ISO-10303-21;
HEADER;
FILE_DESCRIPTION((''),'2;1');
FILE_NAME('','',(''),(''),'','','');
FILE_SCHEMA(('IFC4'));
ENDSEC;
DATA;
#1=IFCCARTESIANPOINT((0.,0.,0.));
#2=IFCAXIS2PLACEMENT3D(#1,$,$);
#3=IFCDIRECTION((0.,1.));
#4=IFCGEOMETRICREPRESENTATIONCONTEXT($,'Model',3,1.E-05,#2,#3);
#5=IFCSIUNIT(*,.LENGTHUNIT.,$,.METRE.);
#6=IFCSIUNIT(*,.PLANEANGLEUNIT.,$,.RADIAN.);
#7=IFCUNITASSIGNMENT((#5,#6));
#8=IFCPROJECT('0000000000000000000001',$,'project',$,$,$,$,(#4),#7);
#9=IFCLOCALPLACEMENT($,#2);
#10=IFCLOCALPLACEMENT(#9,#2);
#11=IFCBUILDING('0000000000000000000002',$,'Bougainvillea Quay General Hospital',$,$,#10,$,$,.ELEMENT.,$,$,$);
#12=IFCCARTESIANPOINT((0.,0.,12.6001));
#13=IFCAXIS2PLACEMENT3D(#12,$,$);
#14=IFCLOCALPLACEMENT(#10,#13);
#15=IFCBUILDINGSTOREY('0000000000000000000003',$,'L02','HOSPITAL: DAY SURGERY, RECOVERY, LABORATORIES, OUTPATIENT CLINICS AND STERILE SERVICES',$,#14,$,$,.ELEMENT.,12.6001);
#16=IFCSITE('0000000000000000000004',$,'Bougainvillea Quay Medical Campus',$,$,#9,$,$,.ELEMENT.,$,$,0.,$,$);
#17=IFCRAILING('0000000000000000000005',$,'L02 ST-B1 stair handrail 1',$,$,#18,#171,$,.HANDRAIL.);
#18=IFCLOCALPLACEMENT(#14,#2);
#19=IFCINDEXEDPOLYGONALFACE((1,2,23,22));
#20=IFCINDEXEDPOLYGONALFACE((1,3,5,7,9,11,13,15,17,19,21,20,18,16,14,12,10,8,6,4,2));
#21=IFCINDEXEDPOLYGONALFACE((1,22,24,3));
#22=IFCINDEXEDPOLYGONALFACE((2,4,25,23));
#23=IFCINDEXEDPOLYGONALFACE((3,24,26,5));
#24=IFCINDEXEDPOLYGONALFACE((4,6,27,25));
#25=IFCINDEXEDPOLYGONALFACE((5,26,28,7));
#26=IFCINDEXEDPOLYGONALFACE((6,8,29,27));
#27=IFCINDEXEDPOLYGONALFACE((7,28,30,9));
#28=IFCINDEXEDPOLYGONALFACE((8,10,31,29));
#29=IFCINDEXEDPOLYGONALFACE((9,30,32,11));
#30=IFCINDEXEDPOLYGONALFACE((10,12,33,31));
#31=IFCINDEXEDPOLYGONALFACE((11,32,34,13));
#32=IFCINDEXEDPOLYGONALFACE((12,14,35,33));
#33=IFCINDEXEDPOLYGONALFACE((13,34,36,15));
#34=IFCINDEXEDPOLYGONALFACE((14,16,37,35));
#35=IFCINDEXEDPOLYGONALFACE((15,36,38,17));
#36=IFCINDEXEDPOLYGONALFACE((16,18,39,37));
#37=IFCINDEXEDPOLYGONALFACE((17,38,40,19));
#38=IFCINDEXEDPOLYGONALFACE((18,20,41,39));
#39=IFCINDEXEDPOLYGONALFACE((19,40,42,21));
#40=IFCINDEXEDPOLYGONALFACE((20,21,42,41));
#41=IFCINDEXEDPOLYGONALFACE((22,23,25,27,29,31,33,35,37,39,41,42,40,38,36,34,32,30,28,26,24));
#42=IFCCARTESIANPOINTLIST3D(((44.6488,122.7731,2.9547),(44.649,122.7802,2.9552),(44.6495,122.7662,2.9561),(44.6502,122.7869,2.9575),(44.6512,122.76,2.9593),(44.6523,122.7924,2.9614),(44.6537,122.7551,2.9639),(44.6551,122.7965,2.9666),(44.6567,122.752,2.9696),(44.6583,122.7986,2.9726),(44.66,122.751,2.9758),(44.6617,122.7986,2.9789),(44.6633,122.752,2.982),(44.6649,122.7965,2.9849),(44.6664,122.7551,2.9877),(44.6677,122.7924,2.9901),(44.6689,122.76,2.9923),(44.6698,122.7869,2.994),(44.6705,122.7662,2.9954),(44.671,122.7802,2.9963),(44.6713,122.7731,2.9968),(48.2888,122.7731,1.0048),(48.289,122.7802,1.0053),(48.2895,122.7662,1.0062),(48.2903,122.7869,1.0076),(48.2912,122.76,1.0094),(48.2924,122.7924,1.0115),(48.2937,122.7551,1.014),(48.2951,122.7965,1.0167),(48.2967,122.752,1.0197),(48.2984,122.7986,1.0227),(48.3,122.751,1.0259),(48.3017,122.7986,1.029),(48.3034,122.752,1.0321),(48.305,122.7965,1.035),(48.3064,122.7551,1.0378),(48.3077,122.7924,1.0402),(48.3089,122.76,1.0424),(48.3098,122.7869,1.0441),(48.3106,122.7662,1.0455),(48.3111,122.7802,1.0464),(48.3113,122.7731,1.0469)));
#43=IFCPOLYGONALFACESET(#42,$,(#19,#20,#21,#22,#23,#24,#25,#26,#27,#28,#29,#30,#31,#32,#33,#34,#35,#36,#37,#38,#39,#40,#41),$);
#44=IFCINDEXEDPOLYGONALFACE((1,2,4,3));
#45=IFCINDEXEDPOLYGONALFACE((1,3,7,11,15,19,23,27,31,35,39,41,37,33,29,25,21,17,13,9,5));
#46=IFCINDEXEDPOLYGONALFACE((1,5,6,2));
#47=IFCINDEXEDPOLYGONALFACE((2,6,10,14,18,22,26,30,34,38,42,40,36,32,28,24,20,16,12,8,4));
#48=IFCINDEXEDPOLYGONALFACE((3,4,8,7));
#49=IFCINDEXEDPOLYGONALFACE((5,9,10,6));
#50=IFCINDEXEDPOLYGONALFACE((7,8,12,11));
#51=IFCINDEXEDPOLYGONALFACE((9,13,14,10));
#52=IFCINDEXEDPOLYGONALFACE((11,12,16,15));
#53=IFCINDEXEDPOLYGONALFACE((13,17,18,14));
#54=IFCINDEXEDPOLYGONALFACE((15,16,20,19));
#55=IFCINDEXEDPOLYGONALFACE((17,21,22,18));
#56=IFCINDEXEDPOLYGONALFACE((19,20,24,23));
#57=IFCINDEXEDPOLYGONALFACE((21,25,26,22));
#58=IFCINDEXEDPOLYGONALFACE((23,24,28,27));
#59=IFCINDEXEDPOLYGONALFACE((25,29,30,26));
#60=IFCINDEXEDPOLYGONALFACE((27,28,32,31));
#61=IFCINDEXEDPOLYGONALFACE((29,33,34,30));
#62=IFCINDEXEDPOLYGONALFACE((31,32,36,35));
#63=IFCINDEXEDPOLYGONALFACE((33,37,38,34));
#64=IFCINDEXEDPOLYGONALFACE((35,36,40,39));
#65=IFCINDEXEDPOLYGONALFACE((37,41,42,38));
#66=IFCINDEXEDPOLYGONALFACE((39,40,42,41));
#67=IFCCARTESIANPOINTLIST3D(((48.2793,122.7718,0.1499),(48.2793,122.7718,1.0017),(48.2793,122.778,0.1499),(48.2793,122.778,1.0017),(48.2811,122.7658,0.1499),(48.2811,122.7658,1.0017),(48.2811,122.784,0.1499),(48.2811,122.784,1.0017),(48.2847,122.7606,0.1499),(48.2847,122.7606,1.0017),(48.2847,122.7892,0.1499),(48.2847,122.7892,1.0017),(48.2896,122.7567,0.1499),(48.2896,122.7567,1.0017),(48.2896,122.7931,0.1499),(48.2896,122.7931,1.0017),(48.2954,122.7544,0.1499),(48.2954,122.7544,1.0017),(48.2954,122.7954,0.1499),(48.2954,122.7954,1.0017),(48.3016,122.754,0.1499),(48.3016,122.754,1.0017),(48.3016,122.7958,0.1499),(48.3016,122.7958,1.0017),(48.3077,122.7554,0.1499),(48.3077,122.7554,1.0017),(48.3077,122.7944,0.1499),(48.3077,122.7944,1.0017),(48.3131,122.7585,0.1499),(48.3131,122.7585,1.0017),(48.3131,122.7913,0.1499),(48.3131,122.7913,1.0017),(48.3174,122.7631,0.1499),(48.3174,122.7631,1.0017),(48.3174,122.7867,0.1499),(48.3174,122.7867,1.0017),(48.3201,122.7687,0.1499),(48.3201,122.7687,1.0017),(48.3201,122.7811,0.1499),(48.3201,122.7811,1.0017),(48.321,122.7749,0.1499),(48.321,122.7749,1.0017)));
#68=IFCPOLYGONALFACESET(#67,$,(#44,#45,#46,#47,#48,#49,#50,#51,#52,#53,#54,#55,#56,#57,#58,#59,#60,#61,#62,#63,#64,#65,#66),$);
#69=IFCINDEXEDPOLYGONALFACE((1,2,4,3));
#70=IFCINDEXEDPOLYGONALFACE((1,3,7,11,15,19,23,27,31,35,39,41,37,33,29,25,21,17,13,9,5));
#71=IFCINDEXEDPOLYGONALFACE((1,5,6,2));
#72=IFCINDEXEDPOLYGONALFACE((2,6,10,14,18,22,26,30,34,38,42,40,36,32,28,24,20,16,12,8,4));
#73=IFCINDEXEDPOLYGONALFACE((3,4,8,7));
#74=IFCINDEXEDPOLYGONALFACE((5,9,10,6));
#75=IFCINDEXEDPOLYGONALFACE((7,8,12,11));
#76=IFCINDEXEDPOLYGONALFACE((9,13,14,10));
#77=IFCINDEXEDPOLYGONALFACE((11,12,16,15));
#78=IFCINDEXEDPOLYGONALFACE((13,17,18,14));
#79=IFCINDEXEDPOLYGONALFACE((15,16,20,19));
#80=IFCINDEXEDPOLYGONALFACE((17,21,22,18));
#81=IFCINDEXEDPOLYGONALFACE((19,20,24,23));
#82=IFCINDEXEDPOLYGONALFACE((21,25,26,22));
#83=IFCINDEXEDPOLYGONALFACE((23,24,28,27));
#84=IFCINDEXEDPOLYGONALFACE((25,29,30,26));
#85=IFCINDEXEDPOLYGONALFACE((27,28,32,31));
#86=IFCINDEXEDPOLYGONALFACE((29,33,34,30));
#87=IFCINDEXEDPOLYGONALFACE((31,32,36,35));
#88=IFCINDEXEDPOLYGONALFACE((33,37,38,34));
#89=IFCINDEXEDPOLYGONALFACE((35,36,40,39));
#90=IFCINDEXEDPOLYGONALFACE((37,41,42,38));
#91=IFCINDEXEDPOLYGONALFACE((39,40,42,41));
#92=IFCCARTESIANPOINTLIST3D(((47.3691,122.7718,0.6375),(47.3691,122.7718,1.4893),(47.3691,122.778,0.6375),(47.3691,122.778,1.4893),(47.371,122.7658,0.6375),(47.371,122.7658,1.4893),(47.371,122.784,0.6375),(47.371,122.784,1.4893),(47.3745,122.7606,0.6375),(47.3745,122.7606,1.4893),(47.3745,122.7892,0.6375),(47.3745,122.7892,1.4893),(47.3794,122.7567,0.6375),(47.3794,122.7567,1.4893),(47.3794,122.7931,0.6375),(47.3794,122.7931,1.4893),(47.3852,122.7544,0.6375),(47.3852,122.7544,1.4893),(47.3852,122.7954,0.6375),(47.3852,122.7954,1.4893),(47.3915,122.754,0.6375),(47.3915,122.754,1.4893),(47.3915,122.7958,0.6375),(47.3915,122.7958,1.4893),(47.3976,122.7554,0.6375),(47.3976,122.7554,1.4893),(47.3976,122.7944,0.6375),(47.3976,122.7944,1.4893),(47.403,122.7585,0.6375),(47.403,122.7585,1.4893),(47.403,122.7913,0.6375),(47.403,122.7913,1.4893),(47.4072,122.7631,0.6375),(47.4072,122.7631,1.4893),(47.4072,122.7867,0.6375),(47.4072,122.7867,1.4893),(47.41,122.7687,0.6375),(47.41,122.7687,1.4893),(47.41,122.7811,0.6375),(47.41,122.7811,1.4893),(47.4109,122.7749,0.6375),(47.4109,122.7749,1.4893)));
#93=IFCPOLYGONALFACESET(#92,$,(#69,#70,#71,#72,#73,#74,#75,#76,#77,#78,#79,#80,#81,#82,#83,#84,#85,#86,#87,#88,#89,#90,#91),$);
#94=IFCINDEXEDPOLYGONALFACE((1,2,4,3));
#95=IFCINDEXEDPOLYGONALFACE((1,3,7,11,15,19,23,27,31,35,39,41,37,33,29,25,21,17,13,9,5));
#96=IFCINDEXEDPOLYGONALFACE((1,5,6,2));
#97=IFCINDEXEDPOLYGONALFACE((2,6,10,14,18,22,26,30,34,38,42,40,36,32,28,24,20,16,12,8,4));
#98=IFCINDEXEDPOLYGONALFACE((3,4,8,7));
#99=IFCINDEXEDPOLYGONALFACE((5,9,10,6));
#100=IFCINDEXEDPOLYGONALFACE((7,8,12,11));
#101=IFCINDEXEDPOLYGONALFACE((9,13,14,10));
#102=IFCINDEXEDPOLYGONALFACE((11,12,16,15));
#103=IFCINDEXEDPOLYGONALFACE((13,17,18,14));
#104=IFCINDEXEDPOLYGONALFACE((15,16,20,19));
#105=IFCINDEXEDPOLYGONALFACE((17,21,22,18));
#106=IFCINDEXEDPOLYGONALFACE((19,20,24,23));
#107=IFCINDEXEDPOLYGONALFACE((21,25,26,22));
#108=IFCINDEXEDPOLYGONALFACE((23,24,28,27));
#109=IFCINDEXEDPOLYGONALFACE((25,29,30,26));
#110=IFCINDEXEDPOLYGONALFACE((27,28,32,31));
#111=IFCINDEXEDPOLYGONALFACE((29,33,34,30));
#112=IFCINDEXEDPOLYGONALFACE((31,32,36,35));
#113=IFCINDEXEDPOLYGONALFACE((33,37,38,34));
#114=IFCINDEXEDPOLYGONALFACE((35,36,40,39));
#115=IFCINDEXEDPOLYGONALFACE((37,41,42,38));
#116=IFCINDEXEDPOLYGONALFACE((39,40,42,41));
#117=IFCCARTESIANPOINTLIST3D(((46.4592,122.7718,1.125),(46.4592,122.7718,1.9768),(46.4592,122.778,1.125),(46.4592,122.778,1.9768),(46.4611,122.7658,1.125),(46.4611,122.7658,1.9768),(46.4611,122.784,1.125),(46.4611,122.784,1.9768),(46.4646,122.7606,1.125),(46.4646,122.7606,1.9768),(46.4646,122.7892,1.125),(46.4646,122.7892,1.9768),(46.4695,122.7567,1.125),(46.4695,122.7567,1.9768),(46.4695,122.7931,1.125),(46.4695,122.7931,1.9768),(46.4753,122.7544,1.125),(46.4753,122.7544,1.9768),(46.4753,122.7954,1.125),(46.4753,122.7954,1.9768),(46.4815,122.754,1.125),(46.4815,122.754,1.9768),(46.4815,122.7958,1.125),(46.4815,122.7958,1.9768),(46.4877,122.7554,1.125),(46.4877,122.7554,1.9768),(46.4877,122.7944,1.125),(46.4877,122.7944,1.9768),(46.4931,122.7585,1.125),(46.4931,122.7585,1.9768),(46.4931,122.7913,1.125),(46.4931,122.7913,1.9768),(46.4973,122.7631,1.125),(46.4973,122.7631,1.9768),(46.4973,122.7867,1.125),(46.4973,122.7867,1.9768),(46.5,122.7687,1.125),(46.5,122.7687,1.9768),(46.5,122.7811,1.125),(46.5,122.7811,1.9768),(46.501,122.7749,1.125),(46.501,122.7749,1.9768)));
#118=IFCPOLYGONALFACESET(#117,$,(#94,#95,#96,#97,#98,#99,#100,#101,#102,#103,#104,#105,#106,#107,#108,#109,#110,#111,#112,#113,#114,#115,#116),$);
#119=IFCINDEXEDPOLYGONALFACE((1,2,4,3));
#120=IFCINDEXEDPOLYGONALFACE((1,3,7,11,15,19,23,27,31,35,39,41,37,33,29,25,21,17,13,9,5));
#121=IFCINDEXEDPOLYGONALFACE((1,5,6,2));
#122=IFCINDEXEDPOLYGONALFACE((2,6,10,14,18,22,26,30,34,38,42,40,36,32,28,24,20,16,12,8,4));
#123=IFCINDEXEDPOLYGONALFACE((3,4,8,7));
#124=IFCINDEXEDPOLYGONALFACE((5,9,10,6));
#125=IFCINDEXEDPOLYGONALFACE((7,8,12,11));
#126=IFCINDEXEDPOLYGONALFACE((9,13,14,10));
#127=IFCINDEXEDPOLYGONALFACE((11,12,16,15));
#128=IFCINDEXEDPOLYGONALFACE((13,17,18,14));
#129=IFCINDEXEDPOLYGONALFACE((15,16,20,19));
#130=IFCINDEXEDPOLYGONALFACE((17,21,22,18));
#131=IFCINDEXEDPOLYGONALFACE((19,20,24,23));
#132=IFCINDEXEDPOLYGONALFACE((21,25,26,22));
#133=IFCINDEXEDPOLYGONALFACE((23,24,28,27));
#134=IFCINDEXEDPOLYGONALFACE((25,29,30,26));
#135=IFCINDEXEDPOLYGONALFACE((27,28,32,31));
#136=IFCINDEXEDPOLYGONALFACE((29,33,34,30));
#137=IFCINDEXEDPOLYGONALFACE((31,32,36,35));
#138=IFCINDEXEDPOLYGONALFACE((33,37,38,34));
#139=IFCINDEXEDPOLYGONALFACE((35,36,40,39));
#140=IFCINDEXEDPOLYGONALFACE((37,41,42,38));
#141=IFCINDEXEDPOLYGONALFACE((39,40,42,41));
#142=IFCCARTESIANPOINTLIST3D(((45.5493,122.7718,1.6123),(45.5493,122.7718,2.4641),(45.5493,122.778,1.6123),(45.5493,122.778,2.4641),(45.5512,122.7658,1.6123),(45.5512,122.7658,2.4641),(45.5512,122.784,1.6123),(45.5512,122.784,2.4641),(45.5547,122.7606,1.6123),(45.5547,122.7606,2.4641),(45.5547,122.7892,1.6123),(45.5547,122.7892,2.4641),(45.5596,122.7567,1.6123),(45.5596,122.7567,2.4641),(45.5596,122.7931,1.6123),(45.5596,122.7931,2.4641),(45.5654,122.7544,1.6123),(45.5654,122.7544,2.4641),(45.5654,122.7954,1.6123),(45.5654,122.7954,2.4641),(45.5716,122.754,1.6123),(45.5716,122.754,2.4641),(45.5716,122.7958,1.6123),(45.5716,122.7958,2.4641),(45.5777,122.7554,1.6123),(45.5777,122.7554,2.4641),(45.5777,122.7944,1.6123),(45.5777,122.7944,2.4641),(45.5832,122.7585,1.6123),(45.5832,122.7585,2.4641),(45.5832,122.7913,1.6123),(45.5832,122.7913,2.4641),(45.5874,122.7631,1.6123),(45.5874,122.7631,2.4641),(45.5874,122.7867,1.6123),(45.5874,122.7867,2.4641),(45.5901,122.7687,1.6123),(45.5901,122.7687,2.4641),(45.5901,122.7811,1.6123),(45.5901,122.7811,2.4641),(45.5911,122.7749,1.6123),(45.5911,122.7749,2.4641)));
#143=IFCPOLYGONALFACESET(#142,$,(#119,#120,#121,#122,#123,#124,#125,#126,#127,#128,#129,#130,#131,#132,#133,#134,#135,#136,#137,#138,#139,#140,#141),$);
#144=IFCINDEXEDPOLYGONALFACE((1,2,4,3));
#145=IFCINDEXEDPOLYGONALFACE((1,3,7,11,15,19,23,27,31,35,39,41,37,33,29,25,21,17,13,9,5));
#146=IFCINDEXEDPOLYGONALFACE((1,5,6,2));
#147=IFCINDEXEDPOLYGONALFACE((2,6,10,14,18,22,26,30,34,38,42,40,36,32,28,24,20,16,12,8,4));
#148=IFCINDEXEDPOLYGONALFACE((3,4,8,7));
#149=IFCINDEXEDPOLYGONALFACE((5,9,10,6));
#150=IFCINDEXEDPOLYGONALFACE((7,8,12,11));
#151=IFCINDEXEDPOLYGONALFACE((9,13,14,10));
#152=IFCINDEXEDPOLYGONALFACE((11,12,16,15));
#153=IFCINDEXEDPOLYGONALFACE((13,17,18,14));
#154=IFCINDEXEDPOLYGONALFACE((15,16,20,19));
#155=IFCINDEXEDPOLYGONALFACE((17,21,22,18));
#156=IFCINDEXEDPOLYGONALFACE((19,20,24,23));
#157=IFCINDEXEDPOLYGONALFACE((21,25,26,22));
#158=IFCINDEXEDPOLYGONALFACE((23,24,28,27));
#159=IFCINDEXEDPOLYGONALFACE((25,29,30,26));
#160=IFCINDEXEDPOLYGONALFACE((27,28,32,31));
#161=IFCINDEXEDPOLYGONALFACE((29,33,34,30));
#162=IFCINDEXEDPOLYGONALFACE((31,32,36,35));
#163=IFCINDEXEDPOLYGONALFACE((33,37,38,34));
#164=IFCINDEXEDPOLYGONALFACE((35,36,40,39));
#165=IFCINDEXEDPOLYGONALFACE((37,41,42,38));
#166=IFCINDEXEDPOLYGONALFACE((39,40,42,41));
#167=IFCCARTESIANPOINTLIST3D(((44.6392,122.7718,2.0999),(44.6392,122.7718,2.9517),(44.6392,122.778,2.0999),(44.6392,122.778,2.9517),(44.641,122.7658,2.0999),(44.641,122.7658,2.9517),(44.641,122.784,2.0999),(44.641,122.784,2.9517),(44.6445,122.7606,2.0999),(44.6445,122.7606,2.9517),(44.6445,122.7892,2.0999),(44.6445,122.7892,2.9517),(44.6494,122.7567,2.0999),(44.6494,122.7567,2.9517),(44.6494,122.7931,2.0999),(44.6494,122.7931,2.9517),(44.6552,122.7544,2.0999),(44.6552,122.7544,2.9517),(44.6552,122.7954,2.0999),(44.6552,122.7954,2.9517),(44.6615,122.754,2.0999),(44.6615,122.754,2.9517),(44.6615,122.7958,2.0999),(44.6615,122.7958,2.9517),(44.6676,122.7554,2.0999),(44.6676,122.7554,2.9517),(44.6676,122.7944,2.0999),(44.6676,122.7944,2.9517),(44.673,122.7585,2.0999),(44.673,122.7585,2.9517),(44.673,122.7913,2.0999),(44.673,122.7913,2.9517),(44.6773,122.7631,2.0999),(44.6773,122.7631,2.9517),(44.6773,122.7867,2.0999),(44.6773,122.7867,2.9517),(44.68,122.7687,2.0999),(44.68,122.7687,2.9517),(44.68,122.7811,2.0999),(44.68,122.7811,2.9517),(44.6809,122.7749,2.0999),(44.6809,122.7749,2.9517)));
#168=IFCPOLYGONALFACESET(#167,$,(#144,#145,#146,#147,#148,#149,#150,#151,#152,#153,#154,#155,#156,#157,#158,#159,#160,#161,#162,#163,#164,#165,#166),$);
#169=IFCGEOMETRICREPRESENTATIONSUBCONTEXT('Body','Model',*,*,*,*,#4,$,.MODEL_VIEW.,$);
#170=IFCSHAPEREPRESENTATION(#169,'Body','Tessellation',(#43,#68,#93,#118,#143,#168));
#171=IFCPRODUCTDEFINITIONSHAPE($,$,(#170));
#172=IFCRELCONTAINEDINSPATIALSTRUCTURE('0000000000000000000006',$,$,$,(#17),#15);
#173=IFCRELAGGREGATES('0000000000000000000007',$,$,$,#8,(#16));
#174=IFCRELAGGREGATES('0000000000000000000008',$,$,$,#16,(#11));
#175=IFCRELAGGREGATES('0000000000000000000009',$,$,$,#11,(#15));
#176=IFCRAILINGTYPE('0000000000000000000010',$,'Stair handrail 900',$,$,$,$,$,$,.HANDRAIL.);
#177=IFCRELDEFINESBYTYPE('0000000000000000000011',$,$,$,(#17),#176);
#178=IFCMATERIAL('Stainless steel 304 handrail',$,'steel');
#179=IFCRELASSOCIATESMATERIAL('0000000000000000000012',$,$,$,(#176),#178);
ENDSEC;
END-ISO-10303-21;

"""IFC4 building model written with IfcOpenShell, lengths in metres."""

from ifc_helpers import new_model, si_unit, direction, frame, origin, origin_2d, place, context, subcontext, project, spatial, circle, extrude, material, type_object, element, save


model = new_model("IFC4")

# Units and contexts
model_context = context("Model", 3, precision=1e-05, world=origin(), true_north=direction((0.0, 1.0)))
body_context = subcontext(model_context, "Body", "Model", "MODEL_VIEW")
ifc_project = project(units=[si_unit("LENGTHUNIT", "METRE"), si_unit("PLANEANGLEUNIT", "RADIAN")], contexts=[model_context])

# Site, building, storey
site_placement = place(None, origin())
site = spatial("IfcSite", under=ifc_project, at=site_placement, Name="Bougainvillea Quay Medical Campus", CompositionType="ELEMENT", RefElevation=0.0)
building_placement = place(site_placement, origin())
building = spatial("IfcBuilding", under=site, at=building_placement, Name="Bougainvillea Quay General Hospital", CompositionType="ELEMENT")
storey_placement = place(building_placement, frame((0.0, 0.0, 12.6001)))
storey = spatial("IfcBuildingStorey", under=building, at=storey_placement, Name="L02", Description="HOSPITAL: DAY SURGERY, RECOVERY, LABORATORIES, OUTPATIENT CLINICS AND STERILE SERVICES", CompositionType="ELEMENT", Elevation=12.6001)

# Railing
ifc_material_1 = material(Name="Stainless steel 304 handrail", Category="steel")
railing_type_1 = type_object("IfcRailingType", Name="Stair handrail 900", PredefinedType="HANDRAIL", material=ifc_material_1)
railing_1_placement = place(storey_placement, frame((48.3, 122.7749, 0.1499)))
element("IfcRailing", 1, at=railing_1_placement, inside=storey, type_object=railing_type_1, Name="L02 ST-B1 stair handrail 1", PredefinedType="HANDRAIL", context=body_context, shape_type="SweptSolid", body=[
    extrude(circle(Radius=0.0239, at=origin_2d()), frame((0.0, 0.0, 0.876), z_axis=(-0.881492, 0.0, 0.472198), x_axis=(0.0, -1.0, 0.0)), (0.0, 0.0, 1.0), 4.1294),
    extrude(circle(Radius=0.021, at=origin_2d()), origin(), (0.0, 0.0, 1.0), 0.8518),
    extrude(circle(Radius=0.021, at=origin_2d()), frame((-0.9102, 0.0, 0.4875)), (0.0, 0.0, 1.0), 0.8518),
    extrude(circle(Radius=0.021, at=origin_2d()), frame((-1.8201, 0.0, 0.9751)), (0.0, 0.0, 1.0), 0.8518),
    extrude(circle(Radius=0.021, at=origin_2d()), frame((-2.73, 0.0, 1.4624)), (0.0, 0.0, 1.0), 0.8518),
    extrude(circle(Radius=0.021, at=origin_2d()), frame((-3.6401, 0.0, 1.95)), (0.0, 0.0, 1.0), 0.8518),
])

save(model, "model.ifc")
